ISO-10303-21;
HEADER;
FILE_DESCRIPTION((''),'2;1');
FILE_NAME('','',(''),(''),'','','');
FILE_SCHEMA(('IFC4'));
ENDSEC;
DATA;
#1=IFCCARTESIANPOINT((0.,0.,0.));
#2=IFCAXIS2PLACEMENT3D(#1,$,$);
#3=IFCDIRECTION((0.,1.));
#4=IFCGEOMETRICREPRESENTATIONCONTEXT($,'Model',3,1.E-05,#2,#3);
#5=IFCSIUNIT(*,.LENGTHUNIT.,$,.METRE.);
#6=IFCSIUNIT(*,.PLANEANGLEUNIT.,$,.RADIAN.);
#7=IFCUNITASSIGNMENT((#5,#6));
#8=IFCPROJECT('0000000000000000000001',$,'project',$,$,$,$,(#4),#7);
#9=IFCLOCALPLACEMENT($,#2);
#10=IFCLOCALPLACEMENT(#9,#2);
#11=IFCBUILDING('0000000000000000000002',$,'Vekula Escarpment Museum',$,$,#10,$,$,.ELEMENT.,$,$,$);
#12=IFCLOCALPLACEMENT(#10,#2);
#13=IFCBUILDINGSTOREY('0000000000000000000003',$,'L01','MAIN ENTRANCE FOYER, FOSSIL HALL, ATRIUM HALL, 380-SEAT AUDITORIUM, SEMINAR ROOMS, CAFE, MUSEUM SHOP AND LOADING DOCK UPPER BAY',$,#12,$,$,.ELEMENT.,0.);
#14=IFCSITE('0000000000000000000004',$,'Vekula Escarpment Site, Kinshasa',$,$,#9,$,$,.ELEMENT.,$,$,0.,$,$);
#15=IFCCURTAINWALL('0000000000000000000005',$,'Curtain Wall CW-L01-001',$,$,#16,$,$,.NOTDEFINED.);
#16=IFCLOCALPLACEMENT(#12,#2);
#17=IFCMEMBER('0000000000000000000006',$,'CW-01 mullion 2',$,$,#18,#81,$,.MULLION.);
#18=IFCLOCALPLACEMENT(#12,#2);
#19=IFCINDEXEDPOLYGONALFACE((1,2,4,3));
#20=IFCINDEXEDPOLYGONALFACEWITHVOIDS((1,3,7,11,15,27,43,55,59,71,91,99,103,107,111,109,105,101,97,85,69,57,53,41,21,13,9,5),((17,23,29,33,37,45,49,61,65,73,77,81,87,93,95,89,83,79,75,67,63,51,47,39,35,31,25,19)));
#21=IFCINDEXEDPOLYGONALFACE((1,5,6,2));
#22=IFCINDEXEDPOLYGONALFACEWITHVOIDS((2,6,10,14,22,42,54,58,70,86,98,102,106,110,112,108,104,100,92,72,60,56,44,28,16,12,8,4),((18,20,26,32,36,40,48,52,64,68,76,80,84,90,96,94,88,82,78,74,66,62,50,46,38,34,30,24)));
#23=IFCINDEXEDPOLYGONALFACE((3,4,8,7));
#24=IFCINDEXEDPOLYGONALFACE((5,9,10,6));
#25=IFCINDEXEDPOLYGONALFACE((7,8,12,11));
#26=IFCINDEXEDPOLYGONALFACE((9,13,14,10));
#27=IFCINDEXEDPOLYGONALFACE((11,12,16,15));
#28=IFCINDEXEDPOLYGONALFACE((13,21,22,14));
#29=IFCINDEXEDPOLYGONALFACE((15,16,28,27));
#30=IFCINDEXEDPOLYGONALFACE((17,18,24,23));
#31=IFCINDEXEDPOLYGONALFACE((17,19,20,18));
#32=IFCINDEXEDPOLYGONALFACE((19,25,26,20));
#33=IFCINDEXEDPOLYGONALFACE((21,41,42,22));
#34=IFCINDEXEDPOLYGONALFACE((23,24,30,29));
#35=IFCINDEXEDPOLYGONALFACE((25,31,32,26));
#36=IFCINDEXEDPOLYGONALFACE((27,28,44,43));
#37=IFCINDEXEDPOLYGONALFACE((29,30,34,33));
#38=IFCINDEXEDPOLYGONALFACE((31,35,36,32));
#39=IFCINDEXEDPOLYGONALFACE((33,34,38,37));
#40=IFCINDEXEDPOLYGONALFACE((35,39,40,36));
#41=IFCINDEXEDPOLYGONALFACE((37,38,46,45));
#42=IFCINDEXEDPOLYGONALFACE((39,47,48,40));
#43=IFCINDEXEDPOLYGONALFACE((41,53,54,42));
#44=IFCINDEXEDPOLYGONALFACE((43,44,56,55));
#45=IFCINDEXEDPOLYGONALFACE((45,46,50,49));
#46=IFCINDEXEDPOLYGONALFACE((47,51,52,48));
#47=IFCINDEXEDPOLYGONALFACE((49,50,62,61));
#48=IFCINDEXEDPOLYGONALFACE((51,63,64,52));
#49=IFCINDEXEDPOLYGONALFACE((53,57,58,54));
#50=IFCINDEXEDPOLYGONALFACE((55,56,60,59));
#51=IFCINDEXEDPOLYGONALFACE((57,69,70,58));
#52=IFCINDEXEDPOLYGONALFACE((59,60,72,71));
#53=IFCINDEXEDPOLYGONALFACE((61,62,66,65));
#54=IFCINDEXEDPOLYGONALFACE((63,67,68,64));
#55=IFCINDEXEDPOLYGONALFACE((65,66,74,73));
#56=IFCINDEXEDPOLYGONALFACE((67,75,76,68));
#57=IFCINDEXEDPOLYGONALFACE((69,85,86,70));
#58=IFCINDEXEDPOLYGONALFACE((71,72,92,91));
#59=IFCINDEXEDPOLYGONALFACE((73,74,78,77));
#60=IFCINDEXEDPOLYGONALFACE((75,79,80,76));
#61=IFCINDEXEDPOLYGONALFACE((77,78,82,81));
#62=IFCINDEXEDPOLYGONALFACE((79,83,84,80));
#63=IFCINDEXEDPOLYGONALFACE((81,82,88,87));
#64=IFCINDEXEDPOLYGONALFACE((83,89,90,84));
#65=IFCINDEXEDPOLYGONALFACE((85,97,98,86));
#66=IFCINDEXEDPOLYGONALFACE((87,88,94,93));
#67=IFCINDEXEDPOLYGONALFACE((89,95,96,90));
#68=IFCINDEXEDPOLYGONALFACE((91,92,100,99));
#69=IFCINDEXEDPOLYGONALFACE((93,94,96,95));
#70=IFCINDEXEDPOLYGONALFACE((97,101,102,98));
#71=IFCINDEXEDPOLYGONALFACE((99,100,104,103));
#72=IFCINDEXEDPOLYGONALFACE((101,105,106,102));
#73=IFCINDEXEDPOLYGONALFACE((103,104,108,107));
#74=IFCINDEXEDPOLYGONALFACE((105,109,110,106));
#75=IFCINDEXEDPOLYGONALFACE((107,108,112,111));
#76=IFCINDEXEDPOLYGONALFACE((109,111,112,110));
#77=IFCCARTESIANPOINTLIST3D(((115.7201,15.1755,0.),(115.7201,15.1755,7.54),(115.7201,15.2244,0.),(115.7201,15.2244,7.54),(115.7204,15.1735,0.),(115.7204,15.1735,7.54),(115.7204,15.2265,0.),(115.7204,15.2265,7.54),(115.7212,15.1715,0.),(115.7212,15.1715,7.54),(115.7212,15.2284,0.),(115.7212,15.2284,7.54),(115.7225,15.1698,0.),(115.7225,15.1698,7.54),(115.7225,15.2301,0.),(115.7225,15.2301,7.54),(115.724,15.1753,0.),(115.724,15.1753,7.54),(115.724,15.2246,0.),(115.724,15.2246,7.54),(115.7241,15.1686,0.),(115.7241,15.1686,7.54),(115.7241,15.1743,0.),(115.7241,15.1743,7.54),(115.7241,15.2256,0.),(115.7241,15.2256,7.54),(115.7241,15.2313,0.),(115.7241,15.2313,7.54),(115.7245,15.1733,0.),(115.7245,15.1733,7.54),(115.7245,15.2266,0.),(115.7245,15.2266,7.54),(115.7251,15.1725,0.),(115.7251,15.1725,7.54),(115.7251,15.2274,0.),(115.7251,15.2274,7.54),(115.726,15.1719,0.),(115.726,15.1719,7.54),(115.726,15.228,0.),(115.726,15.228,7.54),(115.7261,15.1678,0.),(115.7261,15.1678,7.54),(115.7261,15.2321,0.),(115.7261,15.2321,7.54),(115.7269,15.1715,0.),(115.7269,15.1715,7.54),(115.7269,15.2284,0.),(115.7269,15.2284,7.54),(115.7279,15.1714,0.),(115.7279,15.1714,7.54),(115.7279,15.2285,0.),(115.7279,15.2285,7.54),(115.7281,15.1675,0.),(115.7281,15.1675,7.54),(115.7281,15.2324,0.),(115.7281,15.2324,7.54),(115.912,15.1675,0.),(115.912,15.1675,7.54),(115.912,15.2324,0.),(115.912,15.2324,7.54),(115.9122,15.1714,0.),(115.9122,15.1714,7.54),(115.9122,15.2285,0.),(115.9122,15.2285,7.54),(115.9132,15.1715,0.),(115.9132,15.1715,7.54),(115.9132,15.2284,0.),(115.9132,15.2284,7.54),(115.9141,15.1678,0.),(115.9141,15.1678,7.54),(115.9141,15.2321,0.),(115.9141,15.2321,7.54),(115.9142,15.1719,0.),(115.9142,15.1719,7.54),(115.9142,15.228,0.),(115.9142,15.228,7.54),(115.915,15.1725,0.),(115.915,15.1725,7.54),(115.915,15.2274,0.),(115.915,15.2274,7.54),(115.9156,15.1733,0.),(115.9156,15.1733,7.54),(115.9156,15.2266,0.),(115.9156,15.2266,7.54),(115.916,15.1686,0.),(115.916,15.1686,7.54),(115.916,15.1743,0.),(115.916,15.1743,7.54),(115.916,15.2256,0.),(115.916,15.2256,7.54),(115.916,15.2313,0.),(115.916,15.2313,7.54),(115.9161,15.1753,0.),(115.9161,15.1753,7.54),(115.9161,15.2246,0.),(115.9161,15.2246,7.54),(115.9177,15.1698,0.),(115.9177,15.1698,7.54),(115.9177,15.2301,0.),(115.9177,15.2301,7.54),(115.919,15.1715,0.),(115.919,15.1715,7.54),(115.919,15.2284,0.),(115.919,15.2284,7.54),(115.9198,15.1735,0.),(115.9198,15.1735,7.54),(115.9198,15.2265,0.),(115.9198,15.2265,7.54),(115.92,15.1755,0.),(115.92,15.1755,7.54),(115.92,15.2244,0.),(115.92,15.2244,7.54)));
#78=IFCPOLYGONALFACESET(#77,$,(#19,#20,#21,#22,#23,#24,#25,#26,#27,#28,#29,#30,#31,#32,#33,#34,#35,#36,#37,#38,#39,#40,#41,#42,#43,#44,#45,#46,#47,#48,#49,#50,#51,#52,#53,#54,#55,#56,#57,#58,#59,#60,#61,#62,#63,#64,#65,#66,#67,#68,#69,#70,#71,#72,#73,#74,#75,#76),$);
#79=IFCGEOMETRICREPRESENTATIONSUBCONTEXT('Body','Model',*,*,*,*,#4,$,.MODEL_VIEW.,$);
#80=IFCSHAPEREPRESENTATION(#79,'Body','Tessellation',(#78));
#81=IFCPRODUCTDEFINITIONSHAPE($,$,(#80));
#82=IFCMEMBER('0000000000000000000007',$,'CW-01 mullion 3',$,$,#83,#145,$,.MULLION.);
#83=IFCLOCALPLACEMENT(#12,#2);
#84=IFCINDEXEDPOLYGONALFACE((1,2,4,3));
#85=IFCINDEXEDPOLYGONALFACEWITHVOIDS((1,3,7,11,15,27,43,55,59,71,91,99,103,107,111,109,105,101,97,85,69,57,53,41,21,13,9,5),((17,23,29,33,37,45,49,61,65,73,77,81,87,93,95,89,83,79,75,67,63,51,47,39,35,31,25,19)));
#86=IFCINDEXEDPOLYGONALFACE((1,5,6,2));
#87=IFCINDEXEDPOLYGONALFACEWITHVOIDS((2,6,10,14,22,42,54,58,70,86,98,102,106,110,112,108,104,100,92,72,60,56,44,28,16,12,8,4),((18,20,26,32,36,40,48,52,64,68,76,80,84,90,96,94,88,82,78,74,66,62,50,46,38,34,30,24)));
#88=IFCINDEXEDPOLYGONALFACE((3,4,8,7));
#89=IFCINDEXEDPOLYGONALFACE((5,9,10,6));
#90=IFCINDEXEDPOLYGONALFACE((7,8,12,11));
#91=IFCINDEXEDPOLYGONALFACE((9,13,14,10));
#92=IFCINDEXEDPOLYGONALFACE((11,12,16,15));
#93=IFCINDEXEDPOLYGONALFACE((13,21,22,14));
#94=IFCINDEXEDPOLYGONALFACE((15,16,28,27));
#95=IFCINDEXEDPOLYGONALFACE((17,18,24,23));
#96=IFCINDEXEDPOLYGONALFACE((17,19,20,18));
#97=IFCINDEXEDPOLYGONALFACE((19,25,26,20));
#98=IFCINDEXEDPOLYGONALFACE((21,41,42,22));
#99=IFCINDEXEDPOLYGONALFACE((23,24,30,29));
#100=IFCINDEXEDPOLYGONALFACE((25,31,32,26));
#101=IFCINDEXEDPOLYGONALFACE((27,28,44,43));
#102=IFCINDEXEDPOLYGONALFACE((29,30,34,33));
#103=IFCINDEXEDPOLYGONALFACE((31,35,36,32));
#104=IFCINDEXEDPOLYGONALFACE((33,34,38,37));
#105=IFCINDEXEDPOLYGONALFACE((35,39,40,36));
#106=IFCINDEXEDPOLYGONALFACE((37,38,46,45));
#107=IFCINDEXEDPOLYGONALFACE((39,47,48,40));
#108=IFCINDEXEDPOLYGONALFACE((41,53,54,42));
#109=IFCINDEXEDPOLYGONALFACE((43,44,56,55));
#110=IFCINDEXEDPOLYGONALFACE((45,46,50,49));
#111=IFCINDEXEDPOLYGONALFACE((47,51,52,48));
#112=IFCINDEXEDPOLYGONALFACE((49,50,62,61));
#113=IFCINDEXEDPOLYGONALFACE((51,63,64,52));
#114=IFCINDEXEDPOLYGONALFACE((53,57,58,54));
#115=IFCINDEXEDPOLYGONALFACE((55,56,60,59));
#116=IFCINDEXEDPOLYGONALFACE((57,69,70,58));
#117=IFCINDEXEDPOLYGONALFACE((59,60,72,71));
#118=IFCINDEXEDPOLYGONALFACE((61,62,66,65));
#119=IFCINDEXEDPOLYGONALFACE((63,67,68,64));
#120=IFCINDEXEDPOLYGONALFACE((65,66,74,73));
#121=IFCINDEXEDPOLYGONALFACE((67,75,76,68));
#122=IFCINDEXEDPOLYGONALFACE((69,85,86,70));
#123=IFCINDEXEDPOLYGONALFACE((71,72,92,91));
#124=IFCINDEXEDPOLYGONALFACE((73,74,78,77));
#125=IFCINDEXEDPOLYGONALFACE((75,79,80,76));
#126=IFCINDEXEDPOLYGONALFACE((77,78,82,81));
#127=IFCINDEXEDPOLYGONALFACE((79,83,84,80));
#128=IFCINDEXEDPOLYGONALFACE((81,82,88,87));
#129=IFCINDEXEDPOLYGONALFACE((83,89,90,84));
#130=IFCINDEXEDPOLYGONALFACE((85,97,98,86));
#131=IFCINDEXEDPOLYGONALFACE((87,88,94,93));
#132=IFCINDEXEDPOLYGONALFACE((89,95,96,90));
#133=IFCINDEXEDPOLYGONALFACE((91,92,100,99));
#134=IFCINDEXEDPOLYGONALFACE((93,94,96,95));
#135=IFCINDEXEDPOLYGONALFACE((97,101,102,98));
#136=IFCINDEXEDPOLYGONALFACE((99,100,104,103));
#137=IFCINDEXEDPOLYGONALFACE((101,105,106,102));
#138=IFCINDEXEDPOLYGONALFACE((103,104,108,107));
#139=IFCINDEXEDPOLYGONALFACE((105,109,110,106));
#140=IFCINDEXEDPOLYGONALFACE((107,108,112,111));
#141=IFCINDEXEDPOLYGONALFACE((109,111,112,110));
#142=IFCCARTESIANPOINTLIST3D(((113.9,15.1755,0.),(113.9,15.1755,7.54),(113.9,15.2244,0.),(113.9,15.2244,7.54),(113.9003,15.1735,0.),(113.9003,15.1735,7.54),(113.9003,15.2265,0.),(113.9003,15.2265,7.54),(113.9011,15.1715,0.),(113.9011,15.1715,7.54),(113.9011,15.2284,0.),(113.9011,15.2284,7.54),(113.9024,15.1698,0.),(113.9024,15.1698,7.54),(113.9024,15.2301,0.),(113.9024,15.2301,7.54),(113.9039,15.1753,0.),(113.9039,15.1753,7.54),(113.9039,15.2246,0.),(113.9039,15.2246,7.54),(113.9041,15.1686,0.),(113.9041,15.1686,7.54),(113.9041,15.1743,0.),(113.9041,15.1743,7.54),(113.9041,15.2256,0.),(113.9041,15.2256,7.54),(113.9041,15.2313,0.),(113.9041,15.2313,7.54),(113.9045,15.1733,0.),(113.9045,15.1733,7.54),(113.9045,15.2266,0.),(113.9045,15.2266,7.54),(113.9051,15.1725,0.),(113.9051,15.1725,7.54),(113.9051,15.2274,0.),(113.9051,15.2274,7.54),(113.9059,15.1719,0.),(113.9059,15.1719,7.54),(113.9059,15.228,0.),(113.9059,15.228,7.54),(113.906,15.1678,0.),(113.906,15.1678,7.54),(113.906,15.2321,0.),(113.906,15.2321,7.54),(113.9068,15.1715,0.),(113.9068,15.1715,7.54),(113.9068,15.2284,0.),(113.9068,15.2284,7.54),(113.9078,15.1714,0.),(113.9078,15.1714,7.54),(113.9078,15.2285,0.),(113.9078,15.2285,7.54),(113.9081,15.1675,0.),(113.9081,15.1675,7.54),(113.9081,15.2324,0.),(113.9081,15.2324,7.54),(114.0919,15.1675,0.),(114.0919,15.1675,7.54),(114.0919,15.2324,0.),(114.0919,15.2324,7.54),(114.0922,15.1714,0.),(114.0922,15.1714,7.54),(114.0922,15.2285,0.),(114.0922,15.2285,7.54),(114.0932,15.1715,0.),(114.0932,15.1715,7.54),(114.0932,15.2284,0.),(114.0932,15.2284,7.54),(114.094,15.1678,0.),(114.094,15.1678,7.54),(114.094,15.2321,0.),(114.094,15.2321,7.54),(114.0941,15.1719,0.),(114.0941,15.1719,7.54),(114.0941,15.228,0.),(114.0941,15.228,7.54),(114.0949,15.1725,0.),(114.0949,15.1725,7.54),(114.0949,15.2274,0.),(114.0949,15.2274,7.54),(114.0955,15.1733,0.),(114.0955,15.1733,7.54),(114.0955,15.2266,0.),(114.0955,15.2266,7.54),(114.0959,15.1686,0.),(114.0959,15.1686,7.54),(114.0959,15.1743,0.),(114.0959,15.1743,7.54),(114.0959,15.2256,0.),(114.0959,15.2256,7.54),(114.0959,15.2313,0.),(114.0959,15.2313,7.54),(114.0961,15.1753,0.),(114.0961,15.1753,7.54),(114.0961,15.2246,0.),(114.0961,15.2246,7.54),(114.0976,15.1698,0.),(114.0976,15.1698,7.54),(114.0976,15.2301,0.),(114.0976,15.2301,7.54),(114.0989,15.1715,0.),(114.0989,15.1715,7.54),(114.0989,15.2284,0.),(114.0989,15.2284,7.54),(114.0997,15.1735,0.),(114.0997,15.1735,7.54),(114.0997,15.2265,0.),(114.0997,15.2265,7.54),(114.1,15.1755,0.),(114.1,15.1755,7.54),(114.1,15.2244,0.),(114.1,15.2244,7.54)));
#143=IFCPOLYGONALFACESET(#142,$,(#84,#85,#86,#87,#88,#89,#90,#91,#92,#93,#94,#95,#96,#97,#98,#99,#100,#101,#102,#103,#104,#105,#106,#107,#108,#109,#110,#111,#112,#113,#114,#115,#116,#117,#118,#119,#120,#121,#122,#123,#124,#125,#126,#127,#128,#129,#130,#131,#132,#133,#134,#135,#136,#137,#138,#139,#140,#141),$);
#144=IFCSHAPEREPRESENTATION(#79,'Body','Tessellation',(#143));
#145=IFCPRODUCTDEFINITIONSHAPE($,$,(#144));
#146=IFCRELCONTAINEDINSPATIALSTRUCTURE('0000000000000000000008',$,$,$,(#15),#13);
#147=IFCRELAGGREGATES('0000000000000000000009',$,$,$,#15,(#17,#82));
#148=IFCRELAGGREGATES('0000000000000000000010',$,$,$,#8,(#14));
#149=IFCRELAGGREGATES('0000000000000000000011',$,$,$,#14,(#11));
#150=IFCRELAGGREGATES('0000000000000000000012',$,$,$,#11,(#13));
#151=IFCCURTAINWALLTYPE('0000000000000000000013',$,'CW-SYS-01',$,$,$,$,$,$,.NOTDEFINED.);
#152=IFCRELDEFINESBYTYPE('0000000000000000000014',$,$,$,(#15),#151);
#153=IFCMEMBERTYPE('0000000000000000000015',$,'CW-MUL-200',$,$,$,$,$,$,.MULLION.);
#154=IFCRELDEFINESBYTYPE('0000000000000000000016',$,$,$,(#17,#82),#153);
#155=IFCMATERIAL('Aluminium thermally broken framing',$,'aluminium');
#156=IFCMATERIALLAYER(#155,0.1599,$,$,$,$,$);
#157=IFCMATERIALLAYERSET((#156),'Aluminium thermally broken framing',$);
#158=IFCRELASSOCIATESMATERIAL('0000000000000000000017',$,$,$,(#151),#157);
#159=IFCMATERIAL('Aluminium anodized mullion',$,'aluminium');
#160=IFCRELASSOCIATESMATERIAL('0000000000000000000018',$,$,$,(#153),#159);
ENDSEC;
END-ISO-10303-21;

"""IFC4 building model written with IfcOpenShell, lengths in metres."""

from ifc_helpers import new_model, si_unit, direction, frame, origin, origin_2d, place, context, subcontext, project, spatial, hollow_rectangle, extrude, material, layer, layer_set, material_profile, profile_set, type_object, element, aggregate, save


model = new_model("IFC4")

# Units and contexts
model_context = context("Model", 3, precision=1e-05, world=origin(), true_north=direction((0.0, 1.0)))
body_context = subcontext(model_context, "Body", "Model", "MODEL_VIEW")
ifc_project = project(units=[si_unit("LENGTHUNIT", "METRE"), si_unit("PLANEANGLEUNIT", "RADIAN")], contexts=[model_context])

# Site, building, storey
site_placement = place(None, origin())
site = spatial("IfcSite", under=ifc_project, at=site_placement, Name="Vekula Escarpment Site, Kinshasa", CompositionType="ELEMENT", RefElevation=0.0)
building_placement = place(site_placement, origin())
building = spatial("IfcBuilding", under=site, at=building_placement, Name="Vekula Escarpment Museum", CompositionType="ELEMENT")
storey_placement = place(building_placement, origin())
storey = spatial("IfcBuildingStorey", under=building, at=storey_placement, Name="L01", Description="MAIN ENTRANCE FOYER, FOSSIL HALL, ATRIUM HALL, 380-SEAT AUDITORIUM, SEMINAR ROOMS, CAFE, MUSEUM SHOP AND LOADING DOCK UPPER BAY", CompositionType="ELEMENT", Elevation=0.0)

# Curtain wall, members
ifc_material_1 = material(Name="Aluminium thermally broken framing", Category="aluminium")
ifc_layer_1 = layer(ifc_material_1, 0.1599)
ifc_layer_set_1 = layer_set([ifc_layer_1], Name="Aluminium thermally broken framing")
curtain_wall_type = type_object("IfcCurtainWallType", Name="CW-SYS-01", PredefinedType="NOTDEFINED", material=ifc_layer_set_1)
curtain_wall_placement = place(storey_placement, origin())
curtain_wall = element("IfcCurtainWall", 1, at=curtain_wall_placement, inside=storey, type_object=curtain_wall_type, Name="Curtain Wall CW-L01-001", PredefinedType="NOTDEFINED")
ifc_material_2 = material(Name="Aluminium anodized mullion", Category="aluminium")
ifc_material_profile_1 = material_profile(ifc_material_2, hollow_rectangle(XDim=0.0649, YDim=0.2, WallThickness=0.0039, InnerFilletRadius=0.0039, OuterFilletRadius=0.0081, at=origin_2d()), Name="ALU 200x65x4")
ifc_profile_set_1 = profile_set([ifc_material_profile_1], Name="Aluminium anodized mullion")
member_type_1 = type_object("IfcMemberType", Name="CW-MUL-200", PredefinedType="MULLION", material=ifc_profile_set_1)
member_1_placement = place(storey_placement, frame((115.8201, 15.2, 0.0), z_axis=(0.0, 0.0, 1.0), x_axis=(0.0, -1.0, 0.0)))
member_1 = element("IfcMember", 2, at=member_1_placement, type_object=member_type_1, Name="CW-01 mullion 2", PredefinedType="MULLION", context=body_context, shape_type="SweptSolid", body=[
    extrude(hollow_rectangle(XDim=0.0649, YDim=0.2, WallThickness=0.0039, InnerFilletRadius=0.0039, OuterFilletRadius=0.0081, at=origin_2d()), origin(), (0.0, 0.0, 1.0), 7.54),
])
member_2_placement = place(storey_placement, frame((114.0, 15.2, 0.0), z_axis=(0.0, 0.0, 1.0), x_axis=(0.0, -1.0, 0.0)))
member_2 = element("IfcMember", 3, at=member_2_placement, type_object=member_type_1, Name="CW-01 mullion 3", PredefinedType="MULLION", context=body_context, shape_type="SweptSolid", body=[
    extrude(hollow_rectangle(XDim=0.0649, YDim=0.2, WallThickness=0.0039, InnerFilletRadius=0.0039, OuterFilletRadius=0.0081, at=origin_2d()), origin(), (0.0, 0.0, 1.0), 7.54),
])
aggregate(curtain_wall, [member_1, member_2])

save(model, "model.ifc")
